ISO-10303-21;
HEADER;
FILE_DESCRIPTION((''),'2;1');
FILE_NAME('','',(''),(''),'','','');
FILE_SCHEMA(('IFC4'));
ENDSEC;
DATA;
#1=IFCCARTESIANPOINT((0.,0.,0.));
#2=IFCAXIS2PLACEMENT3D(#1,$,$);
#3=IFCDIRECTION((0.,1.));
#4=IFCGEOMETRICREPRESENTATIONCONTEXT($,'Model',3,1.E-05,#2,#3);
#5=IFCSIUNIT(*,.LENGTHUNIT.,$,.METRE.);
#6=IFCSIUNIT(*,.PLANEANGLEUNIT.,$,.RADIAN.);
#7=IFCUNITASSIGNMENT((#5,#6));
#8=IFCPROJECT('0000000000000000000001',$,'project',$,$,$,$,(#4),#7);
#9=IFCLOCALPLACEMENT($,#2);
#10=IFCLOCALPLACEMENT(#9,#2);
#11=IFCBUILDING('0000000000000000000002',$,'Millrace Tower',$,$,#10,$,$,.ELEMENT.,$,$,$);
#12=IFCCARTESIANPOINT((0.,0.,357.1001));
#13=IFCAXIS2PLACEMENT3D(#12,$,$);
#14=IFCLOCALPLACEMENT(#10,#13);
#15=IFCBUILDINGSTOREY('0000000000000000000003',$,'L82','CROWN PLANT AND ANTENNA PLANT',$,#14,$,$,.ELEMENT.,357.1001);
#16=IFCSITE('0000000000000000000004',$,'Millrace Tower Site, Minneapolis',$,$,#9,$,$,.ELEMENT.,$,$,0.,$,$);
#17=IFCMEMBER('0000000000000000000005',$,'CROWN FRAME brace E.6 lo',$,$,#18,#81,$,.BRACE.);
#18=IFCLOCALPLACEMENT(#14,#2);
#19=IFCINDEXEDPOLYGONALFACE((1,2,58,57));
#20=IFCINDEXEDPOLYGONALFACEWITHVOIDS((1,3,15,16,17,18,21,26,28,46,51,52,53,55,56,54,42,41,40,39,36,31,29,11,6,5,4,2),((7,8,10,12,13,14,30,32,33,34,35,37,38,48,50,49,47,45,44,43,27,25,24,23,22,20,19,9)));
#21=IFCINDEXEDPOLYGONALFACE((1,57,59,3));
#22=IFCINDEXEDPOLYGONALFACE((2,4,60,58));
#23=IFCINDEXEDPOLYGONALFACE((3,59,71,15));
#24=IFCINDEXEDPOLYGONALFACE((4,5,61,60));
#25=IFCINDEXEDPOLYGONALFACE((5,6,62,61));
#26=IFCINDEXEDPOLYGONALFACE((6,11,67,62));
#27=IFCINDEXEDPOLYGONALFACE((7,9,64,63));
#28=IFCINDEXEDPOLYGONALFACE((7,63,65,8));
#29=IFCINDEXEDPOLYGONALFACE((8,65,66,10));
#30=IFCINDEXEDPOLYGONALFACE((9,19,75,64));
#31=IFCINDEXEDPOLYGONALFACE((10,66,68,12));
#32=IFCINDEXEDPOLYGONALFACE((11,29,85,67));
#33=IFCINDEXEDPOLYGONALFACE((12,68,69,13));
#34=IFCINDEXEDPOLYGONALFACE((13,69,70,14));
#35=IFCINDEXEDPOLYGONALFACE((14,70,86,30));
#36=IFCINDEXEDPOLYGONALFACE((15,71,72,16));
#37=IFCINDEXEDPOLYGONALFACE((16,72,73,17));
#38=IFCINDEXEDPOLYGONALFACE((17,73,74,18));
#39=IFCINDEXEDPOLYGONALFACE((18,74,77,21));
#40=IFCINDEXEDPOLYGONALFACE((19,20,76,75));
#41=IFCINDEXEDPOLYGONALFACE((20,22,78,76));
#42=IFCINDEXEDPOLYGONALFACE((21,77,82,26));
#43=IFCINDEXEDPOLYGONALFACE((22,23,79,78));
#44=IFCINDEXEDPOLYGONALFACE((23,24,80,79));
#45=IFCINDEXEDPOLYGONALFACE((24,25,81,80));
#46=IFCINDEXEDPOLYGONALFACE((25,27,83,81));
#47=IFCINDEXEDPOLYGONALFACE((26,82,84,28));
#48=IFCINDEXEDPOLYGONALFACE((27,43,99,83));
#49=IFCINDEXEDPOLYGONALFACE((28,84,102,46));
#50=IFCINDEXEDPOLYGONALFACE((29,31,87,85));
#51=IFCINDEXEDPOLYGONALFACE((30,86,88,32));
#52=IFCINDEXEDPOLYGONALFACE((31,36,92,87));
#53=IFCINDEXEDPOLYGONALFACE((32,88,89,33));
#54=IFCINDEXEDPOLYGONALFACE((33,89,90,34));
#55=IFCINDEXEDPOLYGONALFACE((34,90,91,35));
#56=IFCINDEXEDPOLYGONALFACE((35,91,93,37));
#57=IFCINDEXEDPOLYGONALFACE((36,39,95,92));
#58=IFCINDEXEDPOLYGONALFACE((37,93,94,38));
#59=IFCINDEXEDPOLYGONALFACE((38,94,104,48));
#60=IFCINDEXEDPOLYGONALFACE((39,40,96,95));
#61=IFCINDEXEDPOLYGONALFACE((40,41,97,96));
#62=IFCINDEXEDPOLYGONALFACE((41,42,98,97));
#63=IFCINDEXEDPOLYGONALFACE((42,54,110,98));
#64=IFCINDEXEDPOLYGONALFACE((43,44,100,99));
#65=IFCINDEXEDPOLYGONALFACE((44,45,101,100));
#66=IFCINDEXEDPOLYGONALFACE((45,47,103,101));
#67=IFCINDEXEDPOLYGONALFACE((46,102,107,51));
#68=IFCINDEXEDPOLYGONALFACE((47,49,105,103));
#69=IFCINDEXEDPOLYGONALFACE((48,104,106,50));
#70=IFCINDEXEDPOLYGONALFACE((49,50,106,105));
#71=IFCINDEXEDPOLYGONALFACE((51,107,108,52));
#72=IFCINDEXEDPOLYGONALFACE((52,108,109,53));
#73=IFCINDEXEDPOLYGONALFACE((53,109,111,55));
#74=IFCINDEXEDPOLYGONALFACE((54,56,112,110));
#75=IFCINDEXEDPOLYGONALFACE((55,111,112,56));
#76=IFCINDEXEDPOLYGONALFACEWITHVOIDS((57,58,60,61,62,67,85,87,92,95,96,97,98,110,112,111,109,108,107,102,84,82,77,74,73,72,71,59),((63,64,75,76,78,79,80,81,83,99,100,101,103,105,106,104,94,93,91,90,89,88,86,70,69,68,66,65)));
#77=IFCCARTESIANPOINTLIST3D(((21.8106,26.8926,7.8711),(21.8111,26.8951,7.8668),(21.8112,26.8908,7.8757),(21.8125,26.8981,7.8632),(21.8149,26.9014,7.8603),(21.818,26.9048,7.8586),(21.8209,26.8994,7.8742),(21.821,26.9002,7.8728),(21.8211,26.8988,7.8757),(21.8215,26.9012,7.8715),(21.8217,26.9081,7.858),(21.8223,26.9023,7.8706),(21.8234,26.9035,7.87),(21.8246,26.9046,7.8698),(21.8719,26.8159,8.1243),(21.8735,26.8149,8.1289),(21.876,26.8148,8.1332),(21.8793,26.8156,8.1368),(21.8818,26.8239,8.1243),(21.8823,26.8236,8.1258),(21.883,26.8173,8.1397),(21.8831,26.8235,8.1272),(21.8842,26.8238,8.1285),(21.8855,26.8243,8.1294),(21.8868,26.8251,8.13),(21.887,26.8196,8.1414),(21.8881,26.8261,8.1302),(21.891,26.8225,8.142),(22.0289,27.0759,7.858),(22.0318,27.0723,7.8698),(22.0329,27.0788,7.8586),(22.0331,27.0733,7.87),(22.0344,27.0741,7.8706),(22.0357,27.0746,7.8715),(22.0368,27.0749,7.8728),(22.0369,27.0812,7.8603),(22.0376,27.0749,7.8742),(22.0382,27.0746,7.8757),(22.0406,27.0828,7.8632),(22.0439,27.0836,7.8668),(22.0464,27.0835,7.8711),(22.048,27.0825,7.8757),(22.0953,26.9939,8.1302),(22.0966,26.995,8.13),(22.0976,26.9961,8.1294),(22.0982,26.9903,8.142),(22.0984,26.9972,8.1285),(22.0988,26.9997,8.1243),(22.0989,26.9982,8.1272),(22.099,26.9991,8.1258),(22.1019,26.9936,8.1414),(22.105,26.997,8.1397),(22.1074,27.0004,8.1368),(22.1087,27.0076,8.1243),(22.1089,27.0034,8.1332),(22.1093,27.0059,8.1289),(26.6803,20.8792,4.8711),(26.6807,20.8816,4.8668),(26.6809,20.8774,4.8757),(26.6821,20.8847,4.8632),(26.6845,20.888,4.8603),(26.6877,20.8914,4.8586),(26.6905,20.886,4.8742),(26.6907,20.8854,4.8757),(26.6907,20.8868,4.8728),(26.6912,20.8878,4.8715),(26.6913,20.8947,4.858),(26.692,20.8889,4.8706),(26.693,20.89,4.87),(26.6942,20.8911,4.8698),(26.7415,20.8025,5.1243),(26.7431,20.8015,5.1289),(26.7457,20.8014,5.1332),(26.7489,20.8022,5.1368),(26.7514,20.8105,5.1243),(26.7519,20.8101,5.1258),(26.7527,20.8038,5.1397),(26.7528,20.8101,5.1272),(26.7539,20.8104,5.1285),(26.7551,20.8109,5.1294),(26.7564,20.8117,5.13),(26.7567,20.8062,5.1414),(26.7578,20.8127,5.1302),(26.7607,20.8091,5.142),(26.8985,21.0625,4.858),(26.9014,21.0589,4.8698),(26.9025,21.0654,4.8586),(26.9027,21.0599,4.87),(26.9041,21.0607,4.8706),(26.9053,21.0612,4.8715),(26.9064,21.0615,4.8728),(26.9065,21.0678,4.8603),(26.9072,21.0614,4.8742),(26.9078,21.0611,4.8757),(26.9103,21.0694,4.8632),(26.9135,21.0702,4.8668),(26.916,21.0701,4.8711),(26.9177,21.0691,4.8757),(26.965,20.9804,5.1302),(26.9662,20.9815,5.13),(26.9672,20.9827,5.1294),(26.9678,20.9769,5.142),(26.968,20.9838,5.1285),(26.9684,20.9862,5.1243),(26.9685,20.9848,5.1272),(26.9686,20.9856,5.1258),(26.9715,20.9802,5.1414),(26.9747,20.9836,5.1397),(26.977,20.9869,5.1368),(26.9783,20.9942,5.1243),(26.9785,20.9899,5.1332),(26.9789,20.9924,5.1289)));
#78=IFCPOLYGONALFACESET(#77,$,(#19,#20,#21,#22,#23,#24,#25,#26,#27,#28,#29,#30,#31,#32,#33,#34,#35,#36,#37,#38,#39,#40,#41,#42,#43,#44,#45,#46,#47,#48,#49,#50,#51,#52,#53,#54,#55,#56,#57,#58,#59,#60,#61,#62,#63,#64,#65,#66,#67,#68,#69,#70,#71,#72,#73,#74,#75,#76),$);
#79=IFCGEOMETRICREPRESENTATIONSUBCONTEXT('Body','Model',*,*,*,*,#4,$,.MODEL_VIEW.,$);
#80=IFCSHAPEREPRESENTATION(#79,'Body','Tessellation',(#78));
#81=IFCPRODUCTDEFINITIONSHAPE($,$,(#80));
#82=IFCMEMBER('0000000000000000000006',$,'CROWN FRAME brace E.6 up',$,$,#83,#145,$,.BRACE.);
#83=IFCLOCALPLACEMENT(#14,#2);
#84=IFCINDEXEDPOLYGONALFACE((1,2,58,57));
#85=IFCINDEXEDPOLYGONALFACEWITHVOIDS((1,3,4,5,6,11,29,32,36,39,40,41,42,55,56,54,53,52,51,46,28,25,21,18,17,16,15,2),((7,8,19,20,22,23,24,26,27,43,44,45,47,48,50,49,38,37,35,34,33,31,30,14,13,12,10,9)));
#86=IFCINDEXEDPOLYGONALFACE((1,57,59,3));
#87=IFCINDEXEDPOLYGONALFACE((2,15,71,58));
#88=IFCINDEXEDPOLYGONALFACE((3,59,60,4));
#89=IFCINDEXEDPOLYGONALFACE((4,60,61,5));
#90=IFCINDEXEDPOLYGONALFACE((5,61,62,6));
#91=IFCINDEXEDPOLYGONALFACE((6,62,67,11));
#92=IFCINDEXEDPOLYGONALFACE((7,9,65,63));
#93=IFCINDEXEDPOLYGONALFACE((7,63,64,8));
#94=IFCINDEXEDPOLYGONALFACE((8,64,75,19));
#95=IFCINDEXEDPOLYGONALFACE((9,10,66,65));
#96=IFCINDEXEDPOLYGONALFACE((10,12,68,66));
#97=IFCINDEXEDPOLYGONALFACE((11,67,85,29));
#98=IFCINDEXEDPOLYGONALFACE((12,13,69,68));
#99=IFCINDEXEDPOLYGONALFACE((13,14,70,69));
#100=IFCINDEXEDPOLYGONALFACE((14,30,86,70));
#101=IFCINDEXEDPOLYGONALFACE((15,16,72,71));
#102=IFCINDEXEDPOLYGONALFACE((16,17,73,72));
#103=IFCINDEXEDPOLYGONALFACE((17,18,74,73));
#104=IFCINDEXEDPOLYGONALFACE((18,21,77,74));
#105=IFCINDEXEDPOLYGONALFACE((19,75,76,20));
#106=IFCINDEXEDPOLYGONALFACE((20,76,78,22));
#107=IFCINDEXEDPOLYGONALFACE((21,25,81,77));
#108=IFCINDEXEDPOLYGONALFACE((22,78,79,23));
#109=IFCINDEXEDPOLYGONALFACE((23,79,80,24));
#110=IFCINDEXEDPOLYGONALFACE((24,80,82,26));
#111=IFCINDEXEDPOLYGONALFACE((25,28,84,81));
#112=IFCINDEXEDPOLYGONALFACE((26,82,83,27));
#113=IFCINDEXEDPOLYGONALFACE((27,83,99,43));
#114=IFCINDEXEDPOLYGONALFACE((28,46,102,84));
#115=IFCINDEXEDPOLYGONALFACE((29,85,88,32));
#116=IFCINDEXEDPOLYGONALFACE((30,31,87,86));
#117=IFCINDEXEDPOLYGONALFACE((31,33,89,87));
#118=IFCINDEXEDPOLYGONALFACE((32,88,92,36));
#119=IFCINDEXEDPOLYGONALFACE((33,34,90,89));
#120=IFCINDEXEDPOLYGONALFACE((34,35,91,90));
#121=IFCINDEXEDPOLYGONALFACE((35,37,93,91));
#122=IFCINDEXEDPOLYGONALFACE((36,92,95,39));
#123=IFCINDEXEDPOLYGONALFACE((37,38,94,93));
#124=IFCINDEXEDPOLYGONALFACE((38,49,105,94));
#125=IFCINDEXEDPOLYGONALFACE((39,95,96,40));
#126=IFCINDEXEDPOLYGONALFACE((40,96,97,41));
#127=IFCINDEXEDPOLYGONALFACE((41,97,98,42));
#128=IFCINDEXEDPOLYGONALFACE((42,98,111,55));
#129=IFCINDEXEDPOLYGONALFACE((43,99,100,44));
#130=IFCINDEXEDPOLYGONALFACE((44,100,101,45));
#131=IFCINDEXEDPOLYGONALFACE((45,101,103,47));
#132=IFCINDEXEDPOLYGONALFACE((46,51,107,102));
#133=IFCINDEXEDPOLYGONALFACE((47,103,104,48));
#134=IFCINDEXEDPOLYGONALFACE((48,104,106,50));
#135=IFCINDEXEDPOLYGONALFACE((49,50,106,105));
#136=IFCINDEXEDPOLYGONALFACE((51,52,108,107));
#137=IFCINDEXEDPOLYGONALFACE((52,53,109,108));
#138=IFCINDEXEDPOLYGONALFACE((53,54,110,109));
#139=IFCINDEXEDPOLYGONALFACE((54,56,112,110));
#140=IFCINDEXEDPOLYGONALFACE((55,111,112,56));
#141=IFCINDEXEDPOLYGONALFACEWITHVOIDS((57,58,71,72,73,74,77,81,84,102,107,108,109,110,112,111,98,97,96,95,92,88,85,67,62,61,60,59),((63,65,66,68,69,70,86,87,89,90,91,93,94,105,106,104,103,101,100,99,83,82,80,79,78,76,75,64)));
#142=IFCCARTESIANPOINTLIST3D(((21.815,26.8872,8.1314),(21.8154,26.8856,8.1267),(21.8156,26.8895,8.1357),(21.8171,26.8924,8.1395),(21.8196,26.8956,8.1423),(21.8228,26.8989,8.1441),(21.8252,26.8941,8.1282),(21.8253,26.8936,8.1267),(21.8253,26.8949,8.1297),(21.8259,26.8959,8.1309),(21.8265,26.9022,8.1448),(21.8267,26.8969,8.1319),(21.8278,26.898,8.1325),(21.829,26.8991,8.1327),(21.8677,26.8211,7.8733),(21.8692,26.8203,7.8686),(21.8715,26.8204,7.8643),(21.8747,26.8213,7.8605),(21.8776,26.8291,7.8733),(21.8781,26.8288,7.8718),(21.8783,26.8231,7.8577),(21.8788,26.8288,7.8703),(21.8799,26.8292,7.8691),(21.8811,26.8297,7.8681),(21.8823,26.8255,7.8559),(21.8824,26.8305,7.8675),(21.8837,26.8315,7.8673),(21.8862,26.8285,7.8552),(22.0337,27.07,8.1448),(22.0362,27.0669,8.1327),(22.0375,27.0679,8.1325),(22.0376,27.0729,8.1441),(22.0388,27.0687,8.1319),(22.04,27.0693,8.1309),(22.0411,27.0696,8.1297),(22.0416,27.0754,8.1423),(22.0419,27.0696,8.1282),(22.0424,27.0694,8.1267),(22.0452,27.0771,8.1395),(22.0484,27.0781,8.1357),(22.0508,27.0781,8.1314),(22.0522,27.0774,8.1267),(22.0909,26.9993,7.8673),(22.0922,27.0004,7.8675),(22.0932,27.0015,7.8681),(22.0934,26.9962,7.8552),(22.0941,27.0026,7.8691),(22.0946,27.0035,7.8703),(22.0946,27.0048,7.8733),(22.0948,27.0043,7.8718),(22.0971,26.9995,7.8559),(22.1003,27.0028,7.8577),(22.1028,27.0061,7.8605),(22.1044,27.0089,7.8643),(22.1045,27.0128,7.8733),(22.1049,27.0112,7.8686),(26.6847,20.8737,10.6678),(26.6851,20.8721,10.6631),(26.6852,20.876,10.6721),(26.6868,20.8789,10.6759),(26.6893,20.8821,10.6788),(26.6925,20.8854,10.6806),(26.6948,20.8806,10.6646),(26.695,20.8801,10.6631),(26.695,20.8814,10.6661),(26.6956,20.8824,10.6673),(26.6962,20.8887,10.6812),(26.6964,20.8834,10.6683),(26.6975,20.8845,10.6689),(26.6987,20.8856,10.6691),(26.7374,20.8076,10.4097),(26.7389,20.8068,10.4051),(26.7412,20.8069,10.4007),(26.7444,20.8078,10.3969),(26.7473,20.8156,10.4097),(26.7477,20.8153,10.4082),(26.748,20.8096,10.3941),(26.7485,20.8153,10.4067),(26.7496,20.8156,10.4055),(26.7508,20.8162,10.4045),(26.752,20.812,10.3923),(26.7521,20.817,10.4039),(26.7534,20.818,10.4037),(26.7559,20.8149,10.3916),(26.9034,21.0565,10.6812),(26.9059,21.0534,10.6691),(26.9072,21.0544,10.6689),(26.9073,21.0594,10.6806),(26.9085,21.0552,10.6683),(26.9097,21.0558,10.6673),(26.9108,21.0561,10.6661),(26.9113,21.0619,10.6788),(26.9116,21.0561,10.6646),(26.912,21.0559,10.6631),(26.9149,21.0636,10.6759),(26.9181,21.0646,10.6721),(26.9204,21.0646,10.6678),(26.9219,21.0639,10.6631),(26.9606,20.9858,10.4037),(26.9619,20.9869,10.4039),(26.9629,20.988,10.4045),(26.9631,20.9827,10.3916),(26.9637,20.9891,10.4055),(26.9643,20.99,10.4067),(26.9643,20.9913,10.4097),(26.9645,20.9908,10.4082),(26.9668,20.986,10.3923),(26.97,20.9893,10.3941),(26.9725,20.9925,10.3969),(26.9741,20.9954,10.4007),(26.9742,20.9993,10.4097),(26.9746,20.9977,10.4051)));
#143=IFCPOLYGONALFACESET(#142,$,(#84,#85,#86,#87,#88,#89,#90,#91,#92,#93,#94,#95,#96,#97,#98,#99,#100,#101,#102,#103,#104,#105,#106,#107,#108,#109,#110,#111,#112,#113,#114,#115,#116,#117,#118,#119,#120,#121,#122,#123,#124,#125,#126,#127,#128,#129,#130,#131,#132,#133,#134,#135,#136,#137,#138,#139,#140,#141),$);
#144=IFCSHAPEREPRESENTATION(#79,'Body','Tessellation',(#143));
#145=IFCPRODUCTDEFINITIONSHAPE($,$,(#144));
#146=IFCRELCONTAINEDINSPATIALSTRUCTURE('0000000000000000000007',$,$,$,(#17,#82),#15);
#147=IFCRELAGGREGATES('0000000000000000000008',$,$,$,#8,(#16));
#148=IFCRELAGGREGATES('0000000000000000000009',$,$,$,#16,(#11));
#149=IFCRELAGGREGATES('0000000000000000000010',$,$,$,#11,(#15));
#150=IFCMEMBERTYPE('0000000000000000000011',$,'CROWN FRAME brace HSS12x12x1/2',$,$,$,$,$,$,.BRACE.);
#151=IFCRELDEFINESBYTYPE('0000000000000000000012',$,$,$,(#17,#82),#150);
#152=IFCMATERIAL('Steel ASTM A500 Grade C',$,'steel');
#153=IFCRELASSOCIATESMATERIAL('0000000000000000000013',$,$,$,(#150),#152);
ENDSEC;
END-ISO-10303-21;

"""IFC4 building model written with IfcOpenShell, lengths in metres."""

from ifc_helpers import new_model, si_unit, direction, frame, origin, origin_2d, place, context, subcontext, project, spatial, hollow_rectangle, extrude, material, material_profile, profile_set, type_object, element, save


model = new_model("IFC4")

# Units and contexts
model_context = context("Model", 3, precision=1e-05, world=origin(), true_north=direction((0.0, 1.0)))
body_context = subcontext(model_context, "Body", "Model", "MODEL_VIEW")
ifc_project = project(units=[si_unit("LENGTHUNIT", "METRE"), si_unit("PLANEANGLEUNIT", "RADIAN")], contexts=[model_context])

# Site, building, storey
site_placement = place(None, origin())
site = spatial("IfcSite", under=ifc_project, at=site_placement, Name="Millrace Tower Site, Minneapolis", CompositionType="ELEMENT", RefElevation=0.0)
building_placement = place(site_placement, origin())
building = spatial("IfcBuilding", under=site, at=building_placement, Name="Millrace Tower", CompositionType="ELEMENT")
storey_placement = place(building_placement, frame((0.0, 0.0, 357.1001)))
storey = spatial("IfcBuildingStorey", under=building, at=storey_placement, Name="L82", Description="CROWN PLANT AND ANTENNA PLANT", CompositionType="ELEMENT", Elevation=357.1001)

# Members
ifc_material_1 = material(Name="Steel ASTM A500 Grade C", Category="steel")
ifc_material_profile_1 = material_profile(ifc_material_1, hollow_rectangle(XDim=0.3047, YDim=0.3047, WallThickness=0.0127, InnerFilletRadius=0.0063, OuterFilletRadius=0.019, at=origin_2d()))
ifc_profile_set_1 = profile_set([ifc_material_profile_1], Name="Steel ASTM A500 Grade C")
member_type_1 = type_object("IfcMemberType", Name="CROWN FRAME brace HSS12x12x1/2", PredefinedType="BRACE", material=ifc_profile_set_1)
member_1_placement = place(storey_placement, frame((26.8296, 20.9358, 5.0), z_axis=(-0.586768, 0.72459, 0.361486), x_axis=(-0.777143, -0.629324, 0.0)))
element("IfcMember", 1, at=member_1_placement, inside=storey, type_object=member_type_1, Name="CROWN FRAME brace E.6 lo", PredefinedType="BRACE", context=body_context, shape_type="SweptSolid", body=[
    extrude(hollow_rectangle(XDim=0.3047, YDim=0.3047, WallThickness=0.0127, InnerFilletRadius=0.0063, OuterFilletRadius=0.019, at=origin_2d()), origin(), (0.0, 0.0, 1.0), 8.2991),
])
member_2_placement = place(storey_placement, frame((21.96, 26.9492, 8.0), z_axis=(0.598017, -0.738482, 0.311481), x_axis=(0.777143, 0.629324, 0.0)))
element("IfcMember", 2, at=member_2_placement, inside=storey, type_object=member_type_1, Name="CROWN FRAME brace E.6 up", PredefinedType="BRACE", context=body_context, shape_type="SweptSolid", body=[
    extrude(hollow_rectangle(XDim=0.3047, YDim=0.3047, WallThickness=0.0127, InnerFilletRadius=0.0063, OuterFilletRadius=0.019, at=origin_2d()), origin(), (0.0, 0.0, 1.0), 8.1431),
])

save(model, "model.ifc")
